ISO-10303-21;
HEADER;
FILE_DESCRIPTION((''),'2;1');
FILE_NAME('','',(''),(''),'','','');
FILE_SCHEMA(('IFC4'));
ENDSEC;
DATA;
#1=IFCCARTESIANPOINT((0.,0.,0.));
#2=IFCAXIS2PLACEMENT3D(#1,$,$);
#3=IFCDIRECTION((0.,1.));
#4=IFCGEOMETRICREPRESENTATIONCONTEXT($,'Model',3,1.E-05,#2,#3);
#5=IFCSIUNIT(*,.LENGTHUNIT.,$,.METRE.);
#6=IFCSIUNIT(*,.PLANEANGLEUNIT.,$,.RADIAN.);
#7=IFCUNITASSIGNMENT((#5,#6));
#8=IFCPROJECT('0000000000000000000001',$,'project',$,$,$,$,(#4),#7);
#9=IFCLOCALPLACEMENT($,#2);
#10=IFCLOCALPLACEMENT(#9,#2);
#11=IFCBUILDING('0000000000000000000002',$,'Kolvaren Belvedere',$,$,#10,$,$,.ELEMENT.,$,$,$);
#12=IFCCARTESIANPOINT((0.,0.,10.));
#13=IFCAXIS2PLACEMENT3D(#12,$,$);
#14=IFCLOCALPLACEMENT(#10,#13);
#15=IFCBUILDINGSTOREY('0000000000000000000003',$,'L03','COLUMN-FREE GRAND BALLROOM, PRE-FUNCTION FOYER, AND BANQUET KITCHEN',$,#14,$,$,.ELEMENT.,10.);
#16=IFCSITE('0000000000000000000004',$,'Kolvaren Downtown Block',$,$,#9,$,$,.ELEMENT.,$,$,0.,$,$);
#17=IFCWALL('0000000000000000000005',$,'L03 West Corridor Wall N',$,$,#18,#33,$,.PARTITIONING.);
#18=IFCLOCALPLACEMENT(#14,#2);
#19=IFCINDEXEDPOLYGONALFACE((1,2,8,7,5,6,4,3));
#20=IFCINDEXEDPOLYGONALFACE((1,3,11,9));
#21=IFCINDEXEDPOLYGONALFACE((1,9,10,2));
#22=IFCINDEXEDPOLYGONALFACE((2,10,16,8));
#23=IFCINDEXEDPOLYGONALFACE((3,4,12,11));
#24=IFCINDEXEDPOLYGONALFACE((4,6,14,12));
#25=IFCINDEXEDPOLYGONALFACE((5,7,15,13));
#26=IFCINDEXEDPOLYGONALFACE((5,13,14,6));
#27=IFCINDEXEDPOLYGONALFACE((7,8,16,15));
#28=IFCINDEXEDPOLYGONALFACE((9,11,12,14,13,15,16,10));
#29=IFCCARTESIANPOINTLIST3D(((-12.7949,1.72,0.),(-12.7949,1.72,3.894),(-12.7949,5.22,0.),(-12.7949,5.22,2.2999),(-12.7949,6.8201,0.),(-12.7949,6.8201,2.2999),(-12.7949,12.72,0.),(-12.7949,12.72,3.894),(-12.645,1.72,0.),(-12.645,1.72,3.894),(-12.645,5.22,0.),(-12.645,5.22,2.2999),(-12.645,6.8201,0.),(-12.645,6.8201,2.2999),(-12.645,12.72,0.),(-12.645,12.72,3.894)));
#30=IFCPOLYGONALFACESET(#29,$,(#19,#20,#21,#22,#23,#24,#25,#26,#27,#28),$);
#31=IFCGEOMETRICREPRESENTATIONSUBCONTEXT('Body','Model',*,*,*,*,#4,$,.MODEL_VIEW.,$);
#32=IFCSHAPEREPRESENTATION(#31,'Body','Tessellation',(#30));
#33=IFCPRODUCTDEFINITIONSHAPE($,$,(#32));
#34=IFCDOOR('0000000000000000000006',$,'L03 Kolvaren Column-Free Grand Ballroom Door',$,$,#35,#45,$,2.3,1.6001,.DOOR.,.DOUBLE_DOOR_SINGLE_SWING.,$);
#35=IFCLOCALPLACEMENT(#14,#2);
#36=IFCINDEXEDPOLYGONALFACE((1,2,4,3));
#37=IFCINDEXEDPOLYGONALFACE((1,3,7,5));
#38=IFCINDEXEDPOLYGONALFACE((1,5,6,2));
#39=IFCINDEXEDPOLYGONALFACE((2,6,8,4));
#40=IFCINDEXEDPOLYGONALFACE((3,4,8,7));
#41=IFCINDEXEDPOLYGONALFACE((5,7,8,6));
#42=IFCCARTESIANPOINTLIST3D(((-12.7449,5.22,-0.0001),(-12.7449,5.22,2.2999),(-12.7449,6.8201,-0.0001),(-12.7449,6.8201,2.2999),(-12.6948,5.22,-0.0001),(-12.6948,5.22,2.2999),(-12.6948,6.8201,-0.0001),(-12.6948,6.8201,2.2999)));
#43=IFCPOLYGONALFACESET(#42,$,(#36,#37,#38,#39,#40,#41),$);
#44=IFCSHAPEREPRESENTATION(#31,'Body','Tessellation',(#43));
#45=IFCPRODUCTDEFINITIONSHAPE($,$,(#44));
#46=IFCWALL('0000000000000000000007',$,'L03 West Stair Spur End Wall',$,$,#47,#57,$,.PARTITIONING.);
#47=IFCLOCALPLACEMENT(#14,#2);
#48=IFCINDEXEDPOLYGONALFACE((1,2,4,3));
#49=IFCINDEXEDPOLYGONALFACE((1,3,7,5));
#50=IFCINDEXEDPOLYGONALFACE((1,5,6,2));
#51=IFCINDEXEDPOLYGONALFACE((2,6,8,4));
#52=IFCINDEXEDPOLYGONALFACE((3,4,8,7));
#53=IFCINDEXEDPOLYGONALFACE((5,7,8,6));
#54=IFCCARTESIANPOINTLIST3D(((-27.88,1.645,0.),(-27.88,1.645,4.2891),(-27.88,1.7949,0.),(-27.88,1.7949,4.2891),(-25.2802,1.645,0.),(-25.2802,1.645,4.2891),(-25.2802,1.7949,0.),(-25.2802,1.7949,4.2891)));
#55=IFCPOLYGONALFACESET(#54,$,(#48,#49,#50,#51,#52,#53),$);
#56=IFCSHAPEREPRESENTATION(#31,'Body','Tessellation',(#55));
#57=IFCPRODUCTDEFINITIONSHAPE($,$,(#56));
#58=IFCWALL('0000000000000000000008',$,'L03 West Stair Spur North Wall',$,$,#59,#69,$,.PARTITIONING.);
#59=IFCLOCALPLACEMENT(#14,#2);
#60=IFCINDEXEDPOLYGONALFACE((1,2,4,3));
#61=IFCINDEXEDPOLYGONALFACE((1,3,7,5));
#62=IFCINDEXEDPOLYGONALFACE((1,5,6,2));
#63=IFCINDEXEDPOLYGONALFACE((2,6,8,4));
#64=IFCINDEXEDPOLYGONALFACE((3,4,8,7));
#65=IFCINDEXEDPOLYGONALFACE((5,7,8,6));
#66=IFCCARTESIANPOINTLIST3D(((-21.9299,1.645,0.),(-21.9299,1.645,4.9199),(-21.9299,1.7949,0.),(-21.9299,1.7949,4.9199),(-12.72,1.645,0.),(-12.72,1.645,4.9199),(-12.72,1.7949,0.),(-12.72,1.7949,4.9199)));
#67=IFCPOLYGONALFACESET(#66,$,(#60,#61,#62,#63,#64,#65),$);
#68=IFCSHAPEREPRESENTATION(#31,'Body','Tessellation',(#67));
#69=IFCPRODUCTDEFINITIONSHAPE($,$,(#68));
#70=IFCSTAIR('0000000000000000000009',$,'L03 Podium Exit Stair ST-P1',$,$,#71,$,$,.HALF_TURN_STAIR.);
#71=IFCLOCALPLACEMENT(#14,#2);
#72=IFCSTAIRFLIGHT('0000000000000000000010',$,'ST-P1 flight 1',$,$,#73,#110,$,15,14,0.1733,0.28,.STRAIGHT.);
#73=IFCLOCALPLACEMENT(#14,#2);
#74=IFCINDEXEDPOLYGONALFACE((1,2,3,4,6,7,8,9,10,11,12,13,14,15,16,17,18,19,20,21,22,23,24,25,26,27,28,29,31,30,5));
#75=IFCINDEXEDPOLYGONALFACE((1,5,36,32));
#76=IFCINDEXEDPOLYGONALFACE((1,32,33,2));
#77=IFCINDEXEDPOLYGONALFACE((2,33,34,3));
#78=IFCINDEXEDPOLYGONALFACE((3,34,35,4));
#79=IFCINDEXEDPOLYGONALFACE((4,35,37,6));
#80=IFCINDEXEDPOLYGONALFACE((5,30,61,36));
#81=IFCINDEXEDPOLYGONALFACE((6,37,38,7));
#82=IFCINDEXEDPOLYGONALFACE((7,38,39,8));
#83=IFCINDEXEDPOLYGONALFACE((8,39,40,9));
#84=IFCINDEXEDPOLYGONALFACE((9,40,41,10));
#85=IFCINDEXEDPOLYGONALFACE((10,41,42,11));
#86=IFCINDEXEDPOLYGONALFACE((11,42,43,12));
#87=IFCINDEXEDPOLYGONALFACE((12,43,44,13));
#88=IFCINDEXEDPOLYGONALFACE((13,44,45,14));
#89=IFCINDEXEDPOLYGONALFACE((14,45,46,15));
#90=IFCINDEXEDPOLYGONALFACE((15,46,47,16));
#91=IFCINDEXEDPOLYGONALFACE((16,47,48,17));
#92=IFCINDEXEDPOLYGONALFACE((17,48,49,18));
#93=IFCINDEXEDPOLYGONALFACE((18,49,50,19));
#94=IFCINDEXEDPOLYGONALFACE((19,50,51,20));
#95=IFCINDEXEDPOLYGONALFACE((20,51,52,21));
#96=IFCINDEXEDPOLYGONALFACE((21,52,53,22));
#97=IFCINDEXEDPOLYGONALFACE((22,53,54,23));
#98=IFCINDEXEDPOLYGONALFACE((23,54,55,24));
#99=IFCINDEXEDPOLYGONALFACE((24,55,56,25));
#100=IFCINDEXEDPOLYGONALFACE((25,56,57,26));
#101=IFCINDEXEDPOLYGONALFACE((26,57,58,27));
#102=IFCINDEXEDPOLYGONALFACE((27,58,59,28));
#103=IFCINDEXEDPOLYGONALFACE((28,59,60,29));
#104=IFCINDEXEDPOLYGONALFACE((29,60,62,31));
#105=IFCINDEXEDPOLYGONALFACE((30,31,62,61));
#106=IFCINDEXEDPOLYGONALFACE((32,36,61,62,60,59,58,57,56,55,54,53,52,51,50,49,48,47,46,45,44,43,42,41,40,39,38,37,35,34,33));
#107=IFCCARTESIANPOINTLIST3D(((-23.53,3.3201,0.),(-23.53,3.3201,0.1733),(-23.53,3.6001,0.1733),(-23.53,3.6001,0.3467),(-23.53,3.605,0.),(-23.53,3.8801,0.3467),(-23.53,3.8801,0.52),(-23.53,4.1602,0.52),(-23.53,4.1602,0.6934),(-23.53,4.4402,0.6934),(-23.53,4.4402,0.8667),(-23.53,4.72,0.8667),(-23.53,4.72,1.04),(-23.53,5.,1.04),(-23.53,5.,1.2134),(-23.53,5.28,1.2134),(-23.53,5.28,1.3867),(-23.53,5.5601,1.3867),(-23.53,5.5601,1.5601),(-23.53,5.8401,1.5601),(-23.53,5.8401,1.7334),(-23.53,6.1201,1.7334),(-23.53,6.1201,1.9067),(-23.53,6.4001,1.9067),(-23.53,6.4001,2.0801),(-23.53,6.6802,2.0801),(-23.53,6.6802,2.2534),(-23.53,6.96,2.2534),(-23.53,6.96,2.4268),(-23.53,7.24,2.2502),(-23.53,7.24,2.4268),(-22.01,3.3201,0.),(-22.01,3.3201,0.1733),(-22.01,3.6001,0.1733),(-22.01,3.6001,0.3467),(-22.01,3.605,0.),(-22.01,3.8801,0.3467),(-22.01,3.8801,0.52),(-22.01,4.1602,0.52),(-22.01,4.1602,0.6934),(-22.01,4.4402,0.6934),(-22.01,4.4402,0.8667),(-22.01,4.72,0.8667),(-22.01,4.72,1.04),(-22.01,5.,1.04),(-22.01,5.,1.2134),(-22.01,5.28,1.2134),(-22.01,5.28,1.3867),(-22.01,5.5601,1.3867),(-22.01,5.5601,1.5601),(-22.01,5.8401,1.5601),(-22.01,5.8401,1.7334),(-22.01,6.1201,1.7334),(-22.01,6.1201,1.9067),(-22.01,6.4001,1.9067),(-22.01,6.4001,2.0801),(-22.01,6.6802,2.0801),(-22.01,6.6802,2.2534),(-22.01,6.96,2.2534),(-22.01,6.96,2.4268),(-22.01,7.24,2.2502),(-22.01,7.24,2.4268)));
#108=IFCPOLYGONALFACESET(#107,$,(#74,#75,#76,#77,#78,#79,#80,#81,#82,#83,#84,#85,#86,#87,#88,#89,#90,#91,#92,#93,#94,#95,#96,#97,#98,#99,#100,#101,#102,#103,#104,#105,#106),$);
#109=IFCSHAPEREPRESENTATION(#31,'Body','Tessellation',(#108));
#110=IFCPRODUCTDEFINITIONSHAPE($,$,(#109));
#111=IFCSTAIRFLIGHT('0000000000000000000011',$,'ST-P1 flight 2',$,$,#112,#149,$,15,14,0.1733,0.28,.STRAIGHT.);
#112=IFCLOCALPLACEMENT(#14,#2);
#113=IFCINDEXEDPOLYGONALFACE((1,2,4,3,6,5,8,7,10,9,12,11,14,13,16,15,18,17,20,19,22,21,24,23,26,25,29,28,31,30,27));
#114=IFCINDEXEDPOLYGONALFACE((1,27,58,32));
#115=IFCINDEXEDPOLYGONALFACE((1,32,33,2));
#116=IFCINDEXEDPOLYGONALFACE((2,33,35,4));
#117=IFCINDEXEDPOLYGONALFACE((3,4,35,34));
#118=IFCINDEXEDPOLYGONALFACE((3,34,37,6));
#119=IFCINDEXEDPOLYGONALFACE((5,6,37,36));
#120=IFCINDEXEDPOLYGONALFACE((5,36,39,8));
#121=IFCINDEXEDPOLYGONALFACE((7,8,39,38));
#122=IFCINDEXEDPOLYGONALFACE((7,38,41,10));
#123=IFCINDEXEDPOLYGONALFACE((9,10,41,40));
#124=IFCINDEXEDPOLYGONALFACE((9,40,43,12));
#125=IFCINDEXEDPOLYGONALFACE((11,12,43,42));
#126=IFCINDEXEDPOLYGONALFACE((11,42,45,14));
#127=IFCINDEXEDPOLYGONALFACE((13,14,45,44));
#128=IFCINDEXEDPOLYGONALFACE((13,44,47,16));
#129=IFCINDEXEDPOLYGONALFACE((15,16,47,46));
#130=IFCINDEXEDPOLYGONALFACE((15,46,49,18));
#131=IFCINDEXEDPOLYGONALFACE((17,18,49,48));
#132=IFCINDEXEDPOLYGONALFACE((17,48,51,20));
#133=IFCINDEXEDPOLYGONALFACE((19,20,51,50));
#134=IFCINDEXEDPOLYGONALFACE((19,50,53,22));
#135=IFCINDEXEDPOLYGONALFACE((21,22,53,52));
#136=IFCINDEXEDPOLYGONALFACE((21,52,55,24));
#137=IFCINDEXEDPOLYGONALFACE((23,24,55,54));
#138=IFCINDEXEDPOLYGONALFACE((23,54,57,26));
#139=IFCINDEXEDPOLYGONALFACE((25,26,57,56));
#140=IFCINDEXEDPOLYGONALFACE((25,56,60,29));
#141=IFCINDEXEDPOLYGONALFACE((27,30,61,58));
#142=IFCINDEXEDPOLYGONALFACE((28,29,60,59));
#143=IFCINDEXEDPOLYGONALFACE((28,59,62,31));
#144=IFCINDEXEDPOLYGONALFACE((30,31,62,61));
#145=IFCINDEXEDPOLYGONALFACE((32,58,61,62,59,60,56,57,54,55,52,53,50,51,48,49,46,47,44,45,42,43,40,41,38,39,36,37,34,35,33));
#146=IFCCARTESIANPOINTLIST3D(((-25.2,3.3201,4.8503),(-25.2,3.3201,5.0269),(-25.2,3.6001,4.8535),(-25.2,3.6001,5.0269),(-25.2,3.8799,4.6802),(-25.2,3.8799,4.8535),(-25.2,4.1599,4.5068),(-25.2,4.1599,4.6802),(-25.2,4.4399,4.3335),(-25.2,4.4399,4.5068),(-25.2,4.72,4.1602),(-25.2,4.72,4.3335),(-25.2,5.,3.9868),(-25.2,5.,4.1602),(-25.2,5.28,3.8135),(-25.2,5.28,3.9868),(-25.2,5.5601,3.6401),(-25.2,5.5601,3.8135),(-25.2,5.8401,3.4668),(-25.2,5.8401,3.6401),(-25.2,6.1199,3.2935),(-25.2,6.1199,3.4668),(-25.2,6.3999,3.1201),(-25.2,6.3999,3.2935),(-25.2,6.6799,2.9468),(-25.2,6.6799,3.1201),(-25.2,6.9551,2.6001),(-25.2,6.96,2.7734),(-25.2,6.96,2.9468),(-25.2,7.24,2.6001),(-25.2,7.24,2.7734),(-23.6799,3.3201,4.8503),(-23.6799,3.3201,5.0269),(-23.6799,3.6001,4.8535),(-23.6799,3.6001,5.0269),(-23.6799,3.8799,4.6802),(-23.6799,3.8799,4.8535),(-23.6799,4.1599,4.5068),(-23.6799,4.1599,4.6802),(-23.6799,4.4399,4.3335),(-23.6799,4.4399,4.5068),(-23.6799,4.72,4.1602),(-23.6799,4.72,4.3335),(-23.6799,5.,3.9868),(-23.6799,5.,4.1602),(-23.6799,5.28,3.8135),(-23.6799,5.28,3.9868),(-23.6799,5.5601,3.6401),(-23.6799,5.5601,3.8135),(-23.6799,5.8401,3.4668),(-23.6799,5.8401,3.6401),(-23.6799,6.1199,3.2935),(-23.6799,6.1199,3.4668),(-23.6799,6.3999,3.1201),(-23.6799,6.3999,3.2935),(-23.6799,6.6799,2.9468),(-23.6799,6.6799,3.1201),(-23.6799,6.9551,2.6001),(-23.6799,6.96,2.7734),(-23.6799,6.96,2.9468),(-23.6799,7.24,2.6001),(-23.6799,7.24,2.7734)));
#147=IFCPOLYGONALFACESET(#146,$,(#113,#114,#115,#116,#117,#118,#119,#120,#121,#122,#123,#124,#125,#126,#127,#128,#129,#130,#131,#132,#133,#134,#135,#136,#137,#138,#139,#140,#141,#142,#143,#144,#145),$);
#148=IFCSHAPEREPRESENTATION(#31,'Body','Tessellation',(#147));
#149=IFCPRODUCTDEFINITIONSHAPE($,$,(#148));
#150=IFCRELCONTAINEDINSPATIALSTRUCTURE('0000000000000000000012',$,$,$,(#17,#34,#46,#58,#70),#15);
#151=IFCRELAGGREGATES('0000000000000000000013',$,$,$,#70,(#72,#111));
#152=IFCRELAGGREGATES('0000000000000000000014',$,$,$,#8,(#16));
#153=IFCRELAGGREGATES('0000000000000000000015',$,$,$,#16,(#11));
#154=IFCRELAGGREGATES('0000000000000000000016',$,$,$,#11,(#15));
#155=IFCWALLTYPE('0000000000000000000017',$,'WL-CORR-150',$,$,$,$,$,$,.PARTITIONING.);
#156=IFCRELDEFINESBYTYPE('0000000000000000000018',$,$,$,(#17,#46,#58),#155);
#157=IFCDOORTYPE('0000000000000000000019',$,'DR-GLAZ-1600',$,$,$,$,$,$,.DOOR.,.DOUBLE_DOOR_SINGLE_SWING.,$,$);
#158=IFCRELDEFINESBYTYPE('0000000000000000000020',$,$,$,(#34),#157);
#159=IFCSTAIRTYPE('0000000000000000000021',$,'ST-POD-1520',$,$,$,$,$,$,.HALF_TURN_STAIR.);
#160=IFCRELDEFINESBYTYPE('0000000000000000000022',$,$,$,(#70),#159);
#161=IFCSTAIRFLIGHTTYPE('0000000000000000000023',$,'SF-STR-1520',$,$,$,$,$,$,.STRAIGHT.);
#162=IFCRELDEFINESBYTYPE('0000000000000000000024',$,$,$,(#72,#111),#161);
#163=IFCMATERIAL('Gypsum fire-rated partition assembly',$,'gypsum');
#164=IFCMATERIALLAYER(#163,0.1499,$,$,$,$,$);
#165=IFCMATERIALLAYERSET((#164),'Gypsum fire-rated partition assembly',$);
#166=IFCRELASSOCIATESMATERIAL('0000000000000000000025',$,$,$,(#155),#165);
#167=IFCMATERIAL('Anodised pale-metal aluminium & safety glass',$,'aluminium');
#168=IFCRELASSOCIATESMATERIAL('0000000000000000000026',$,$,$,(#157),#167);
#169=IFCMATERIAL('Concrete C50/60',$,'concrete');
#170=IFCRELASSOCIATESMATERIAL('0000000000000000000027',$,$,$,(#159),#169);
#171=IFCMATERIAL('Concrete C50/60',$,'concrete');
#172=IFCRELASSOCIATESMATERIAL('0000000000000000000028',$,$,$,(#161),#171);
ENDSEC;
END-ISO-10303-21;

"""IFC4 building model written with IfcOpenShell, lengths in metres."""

from ifc_helpers import new_model, si_unit, direction, frame, frame_2d, origin, place, context, subcontext, project, spatial, polyline, rectangle, outline, extrude, material, layer, layer_set, type_object, element, fill, aggregate, save


model = new_model("IFC4")

# Units and contexts
model_context = context("Model", 3, precision=1e-05, world=origin(), true_north=direction((0.0, 1.0)))
body_context = subcontext(model_context, "Body", "Model", "MODEL_VIEW")
ifc_project = project(units=[si_unit("LENGTHUNIT", "METRE"), si_unit("PLANEANGLEUNIT", "RADIAN")], contexts=[model_context])

# Site, building, storey
site_placement = place(None, origin())
site = spatial("IfcSite", under=ifc_project, at=site_placement, Name="Kolvaren Downtown Block", CompositionType="ELEMENT", RefElevation=0.0)
building_placement = place(site_placement, origin())
building = spatial("IfcBuilding", under=site, at=building_placement, Name="Kolvaren Belvedere", CompositionType="ELEMENT")
storey_placement = place(building_placement, frame((0.0, 0.0, 10.0)))
storey = spatial("IfcBuildingStorey", under=building, at=storey_placement, Name="L03", Description="COLUMN-FREE GRAND BALLROOM, PRE-FUNCTION FOYER, AND BANQUET KITCHEN", CompositionType="ELEMENT", Elevation=10.0)

# Wall, opening, door
ifc_material_1 = material(Name="Gypsum fire-rated partition assembly", Category="gypsum")
ifc_layer_1 = layer(ifc_material_1, 0.1499)
ifc_layer_set_1 = layer_set([ifc_layer_1], Name="Gypsum fire-rated partition assembly")
wall_type_1 = type_object("IfcWallType", Name="WL-CORR-150", PredefinedType="PARTITIONING", material=ifc_layer_set_1)
wall_1_placement = place(storey_placement, frame((-12.72, 1.72, 0.0), z_axis=(0.0, 0.0, 1.0), x_axis=(0.0, 1.0, 0.0)))
wall_1 = element("IfcWall", 1, at=wall_1_placement, inside=storey, type_object=wall_type_1, Name="L03 West Corridor Wall N", PredefinedType="PARTITIONING", context=body_context, shape_type="SweptSolid", body=[
    extrude(rectangle(XDim=11.0, YDim=0.1499, at=frame_2d((5.5, 0.0))), origin(), (0.0, 0.0, 1.0), 3.894),
])
opening_1_placement = place(wall_1_placement, frame((3.5, 0.0, 0.0)))
opening_1 = element("IfcOpeningElement", 2, at=opening_1_placement, cuts=wall_1, PredefinedType="OPENING", context=body_context, shape_type="SweptSolid", body=[
    extrude(rectangle(XDim=1.6001, YDim=2.3, at=frame_2d((0.8, 1.1499))), frame((0.0, 0.085, 0.0), z_axis=(0.0, -1.0, 0.0), x_axis=(1.0, 0.0, 0.0)), (0.0, 0.0, 1.0), 0.1699),
])
ifc_material_2 = material(Name="Anodised pale-metal aluminium & safety glass", Category="aluminium")
door_type_1 = type_object("IfcDoorType", Name="DR-GLAZ-1600", OperationType="DOUBLE_DOOR_SINGLE_SWING", PredefinedType="DOOR", material=ifc_material_2)
door_1_placement = place(opening_1_placement, origin())
door_1 = element("IfcDoor", 3, at=door_1_placement, inside=storey, type_object=door_type_1, Name="L03 Kolvaren Column-Free Grand Ballroom Door", OperationType="DOUBLE_DOOR_SINGLE_SWING", OverallHeight=2.3, OverallWidth=1.6001, PredefinedType="DOOR", context=body_context, shape_type="SweptSolid", body=[
    extrude(rectangle(XDim=1.6001, YDim=2.3, at=frame_2d((0.8, 1.1499))), frame((0.0, 0.0249, 0.0), z_axis=(0.0, -1.0, 0.0), x_axis=(1.0, 0.0, 0.0)), (0.0, 0.0, 1.0), 0.05),
])
fill(opening_1, door_1)

# Walls
wall_2_placement = place(storey_placement, frame((-27.8799, 1.72, 0.0), z_axis=(0.0, 0.0, 1.0), x_axis=(1.0, 0.0, 0.0)))
element("IfcWall", 4, at=wall_2_placement, inside=storey, type_object=wall_type_1, Name="L03 West Stair Spur End Wall", PredefinedType="PARTITIONING", context=body_context, shape_type="SweptSolid", body=[
    extrude(rectangle(XDim=2.5999, YDim=0.1499, at=frame_2d((1.2998, 0.0))), origin(), (0.0, 0.0, 1.0), 4.2891),
])
wall_3_placement = place(storey_placement, frame((-21.9299, 1.72, 0.0), z_axis=(0.0, 0.0, 1.0), x_axis=(1.0, 0.0, 0.0)))
element("IfcWall", 5, at=wall_3_placement, inside=storey, type_object=wall_type_1, Name="L03 West Stair Spur North Wall", PredefinedType="PARTITIONING", context=body_context, shape_type="SweptSolid", body=[
    extrude(rectangle(XDim=9.21, YDim=0.1499, at=frame_2d((4.605, 0.0))), origin(), (0.0, 0.0, 1.0), 4.9199),
])

# Stair, stair flights
ifc_material_3 = material(Name="Concrete C50/60", Category="concrete")
stair_type = type_object("IfcStairType", Name="ST-POD-1520", PredefinedType="HALF_TURN_STAIR", material=ifc_material_3)
stair_placement = place(storey_placement, origin())
stair = element("IfcStair", 6, at=stair_placement, inside=storey, type_object=stair_type, Name="L03 Podium Exit Stair ST-P1", PredefinedType="HALF_TURN_STAIR")
ifc_material_4 = material(Name="Concrete C50/60", Category="concrete")
stair_flight_type = type_object("IfcStairFlightType", Name="SF-STR-1520", PredefinedType="STRAIGHT", material=ifc_material_4)
stair_flight_1_placement = place(storey_placement, frame((-22.77, 3.3201, 0.0), z_axis=(0.0, 0.0, 1.0), x_axis=(0.0, 1.0, 0.0)))
stair_flight_1 = element("IfcStairFlight", 7, at=stair_flight_1_placement, type_object=stair_flight_type, Name="ST-P1 flight 1", NumberOfRisers=15, NumberOfTreads=14, PredefinedType="STRAIGHT", RiserHeight=0.1733, TreadLength=0.28, context=body_context, shape_type="SweptSolid", body=[
    extrude(outline(polyline([(0.0, 0.0), (0.0, 0.1733), (0.28, 0.1733), (0.28, 0.3467), (0.5601, 0.3467), (0.5601, 0.52), (0.8401, 0.52), (0.8401, 0.6934), (1.1201, 0.6934), (1.1201, 0.8667), (1.3999, 0.8667), (1.3999, 1.04), (1.6799, 1.04), (1.6799, 1.2134), (1.96, 1.2134), (1.96, 1.3867), (2.24, 1.3867), (2.24, 1.5601), (2.52, 1.5601), (2.52, 1.7334), (2.8, 1.7334), (2.8, 1.9067), (3.0801, 1.9067), (3.0801, 2.0801), (3.3601, 2.0801), (3.3601, 2.2534), (3.6399, 2.2534), (3.6399, 2.4268), (3.9199, 2.4268), (3.9199, 2.6001), (3.9199, 2.2502), (0.2849, 0.0), (0.0, 0.0)])), frame((0.0, 0.76, 0.0), z_axis=(0.0, -1.0, 0.0), x_axis=(1.0, 0.0, 0.0)), (0.0, 0.0, 1.0), 1.52),
])
stair_flight_2_placement = place(storey_placement, frame((-24.4399, 7.24, 2.6001), z_axis=(0.0, 0.0, 1.0), x_axis=(0.0, -1.0, 0.0)))
stair_flight_2 = element("IfcStairFlight", 8, at=stair_flight_2_placement, type_object=stair_flight_type, Name="ST-P1 flight 2", NumberOfRisers=15, NumberOfTreads=14, PredefinedType="STRAIGHT", RiserHeight=0.1733, TreadLength=0.28, context=body_context, shape_type="SweptSolid", body=[
    extrude(outline(polyline([(0.0, 0.0), (0.0, 0.1733), (0.28, 0.1733), (0.28, 0.3467), (0.5601, 0.3467), (0.5601, 0.52), (0.8401, 0.52), (0.8401, 0.6934), (1.1201, 0.6934), (1.1201, 0.8667), (1.3999, 0.8667), (1.3999, 1.04), (1.6799, 1.04), (1.6799, 1.2134), (1.96, 1.2134), (1.96, 1.3867), (2.24, 1.3867), (2.24, 1.5601), (2.52, 1.5601), (2.52, 1.7334), (2.8, 1.7334), (2.8, 1.9067), (3.0801, 1.9067), (3.0801, 2.0801), (3.3601, 2.0801), (3.3601, 2.2534), (3.6399, 2.2534), (3.6399, 2.4268), (3.9199, 2.4268), (3.9199, 2.6001), (3.9199, 2.2502), (0.2849, 0.0), (0.0, 0.0)])), frame((0.0, 0.76, 0.0), z_axis=(0.0, -1.0, 0.0), x_axis=(1.0, 0.0, 0.0)), (0.0, 0.0, 1.0), 1.52),
])
aggregate(stair, [stair_flight_1, stair_flight_2])

save(model, "model.ifc")
